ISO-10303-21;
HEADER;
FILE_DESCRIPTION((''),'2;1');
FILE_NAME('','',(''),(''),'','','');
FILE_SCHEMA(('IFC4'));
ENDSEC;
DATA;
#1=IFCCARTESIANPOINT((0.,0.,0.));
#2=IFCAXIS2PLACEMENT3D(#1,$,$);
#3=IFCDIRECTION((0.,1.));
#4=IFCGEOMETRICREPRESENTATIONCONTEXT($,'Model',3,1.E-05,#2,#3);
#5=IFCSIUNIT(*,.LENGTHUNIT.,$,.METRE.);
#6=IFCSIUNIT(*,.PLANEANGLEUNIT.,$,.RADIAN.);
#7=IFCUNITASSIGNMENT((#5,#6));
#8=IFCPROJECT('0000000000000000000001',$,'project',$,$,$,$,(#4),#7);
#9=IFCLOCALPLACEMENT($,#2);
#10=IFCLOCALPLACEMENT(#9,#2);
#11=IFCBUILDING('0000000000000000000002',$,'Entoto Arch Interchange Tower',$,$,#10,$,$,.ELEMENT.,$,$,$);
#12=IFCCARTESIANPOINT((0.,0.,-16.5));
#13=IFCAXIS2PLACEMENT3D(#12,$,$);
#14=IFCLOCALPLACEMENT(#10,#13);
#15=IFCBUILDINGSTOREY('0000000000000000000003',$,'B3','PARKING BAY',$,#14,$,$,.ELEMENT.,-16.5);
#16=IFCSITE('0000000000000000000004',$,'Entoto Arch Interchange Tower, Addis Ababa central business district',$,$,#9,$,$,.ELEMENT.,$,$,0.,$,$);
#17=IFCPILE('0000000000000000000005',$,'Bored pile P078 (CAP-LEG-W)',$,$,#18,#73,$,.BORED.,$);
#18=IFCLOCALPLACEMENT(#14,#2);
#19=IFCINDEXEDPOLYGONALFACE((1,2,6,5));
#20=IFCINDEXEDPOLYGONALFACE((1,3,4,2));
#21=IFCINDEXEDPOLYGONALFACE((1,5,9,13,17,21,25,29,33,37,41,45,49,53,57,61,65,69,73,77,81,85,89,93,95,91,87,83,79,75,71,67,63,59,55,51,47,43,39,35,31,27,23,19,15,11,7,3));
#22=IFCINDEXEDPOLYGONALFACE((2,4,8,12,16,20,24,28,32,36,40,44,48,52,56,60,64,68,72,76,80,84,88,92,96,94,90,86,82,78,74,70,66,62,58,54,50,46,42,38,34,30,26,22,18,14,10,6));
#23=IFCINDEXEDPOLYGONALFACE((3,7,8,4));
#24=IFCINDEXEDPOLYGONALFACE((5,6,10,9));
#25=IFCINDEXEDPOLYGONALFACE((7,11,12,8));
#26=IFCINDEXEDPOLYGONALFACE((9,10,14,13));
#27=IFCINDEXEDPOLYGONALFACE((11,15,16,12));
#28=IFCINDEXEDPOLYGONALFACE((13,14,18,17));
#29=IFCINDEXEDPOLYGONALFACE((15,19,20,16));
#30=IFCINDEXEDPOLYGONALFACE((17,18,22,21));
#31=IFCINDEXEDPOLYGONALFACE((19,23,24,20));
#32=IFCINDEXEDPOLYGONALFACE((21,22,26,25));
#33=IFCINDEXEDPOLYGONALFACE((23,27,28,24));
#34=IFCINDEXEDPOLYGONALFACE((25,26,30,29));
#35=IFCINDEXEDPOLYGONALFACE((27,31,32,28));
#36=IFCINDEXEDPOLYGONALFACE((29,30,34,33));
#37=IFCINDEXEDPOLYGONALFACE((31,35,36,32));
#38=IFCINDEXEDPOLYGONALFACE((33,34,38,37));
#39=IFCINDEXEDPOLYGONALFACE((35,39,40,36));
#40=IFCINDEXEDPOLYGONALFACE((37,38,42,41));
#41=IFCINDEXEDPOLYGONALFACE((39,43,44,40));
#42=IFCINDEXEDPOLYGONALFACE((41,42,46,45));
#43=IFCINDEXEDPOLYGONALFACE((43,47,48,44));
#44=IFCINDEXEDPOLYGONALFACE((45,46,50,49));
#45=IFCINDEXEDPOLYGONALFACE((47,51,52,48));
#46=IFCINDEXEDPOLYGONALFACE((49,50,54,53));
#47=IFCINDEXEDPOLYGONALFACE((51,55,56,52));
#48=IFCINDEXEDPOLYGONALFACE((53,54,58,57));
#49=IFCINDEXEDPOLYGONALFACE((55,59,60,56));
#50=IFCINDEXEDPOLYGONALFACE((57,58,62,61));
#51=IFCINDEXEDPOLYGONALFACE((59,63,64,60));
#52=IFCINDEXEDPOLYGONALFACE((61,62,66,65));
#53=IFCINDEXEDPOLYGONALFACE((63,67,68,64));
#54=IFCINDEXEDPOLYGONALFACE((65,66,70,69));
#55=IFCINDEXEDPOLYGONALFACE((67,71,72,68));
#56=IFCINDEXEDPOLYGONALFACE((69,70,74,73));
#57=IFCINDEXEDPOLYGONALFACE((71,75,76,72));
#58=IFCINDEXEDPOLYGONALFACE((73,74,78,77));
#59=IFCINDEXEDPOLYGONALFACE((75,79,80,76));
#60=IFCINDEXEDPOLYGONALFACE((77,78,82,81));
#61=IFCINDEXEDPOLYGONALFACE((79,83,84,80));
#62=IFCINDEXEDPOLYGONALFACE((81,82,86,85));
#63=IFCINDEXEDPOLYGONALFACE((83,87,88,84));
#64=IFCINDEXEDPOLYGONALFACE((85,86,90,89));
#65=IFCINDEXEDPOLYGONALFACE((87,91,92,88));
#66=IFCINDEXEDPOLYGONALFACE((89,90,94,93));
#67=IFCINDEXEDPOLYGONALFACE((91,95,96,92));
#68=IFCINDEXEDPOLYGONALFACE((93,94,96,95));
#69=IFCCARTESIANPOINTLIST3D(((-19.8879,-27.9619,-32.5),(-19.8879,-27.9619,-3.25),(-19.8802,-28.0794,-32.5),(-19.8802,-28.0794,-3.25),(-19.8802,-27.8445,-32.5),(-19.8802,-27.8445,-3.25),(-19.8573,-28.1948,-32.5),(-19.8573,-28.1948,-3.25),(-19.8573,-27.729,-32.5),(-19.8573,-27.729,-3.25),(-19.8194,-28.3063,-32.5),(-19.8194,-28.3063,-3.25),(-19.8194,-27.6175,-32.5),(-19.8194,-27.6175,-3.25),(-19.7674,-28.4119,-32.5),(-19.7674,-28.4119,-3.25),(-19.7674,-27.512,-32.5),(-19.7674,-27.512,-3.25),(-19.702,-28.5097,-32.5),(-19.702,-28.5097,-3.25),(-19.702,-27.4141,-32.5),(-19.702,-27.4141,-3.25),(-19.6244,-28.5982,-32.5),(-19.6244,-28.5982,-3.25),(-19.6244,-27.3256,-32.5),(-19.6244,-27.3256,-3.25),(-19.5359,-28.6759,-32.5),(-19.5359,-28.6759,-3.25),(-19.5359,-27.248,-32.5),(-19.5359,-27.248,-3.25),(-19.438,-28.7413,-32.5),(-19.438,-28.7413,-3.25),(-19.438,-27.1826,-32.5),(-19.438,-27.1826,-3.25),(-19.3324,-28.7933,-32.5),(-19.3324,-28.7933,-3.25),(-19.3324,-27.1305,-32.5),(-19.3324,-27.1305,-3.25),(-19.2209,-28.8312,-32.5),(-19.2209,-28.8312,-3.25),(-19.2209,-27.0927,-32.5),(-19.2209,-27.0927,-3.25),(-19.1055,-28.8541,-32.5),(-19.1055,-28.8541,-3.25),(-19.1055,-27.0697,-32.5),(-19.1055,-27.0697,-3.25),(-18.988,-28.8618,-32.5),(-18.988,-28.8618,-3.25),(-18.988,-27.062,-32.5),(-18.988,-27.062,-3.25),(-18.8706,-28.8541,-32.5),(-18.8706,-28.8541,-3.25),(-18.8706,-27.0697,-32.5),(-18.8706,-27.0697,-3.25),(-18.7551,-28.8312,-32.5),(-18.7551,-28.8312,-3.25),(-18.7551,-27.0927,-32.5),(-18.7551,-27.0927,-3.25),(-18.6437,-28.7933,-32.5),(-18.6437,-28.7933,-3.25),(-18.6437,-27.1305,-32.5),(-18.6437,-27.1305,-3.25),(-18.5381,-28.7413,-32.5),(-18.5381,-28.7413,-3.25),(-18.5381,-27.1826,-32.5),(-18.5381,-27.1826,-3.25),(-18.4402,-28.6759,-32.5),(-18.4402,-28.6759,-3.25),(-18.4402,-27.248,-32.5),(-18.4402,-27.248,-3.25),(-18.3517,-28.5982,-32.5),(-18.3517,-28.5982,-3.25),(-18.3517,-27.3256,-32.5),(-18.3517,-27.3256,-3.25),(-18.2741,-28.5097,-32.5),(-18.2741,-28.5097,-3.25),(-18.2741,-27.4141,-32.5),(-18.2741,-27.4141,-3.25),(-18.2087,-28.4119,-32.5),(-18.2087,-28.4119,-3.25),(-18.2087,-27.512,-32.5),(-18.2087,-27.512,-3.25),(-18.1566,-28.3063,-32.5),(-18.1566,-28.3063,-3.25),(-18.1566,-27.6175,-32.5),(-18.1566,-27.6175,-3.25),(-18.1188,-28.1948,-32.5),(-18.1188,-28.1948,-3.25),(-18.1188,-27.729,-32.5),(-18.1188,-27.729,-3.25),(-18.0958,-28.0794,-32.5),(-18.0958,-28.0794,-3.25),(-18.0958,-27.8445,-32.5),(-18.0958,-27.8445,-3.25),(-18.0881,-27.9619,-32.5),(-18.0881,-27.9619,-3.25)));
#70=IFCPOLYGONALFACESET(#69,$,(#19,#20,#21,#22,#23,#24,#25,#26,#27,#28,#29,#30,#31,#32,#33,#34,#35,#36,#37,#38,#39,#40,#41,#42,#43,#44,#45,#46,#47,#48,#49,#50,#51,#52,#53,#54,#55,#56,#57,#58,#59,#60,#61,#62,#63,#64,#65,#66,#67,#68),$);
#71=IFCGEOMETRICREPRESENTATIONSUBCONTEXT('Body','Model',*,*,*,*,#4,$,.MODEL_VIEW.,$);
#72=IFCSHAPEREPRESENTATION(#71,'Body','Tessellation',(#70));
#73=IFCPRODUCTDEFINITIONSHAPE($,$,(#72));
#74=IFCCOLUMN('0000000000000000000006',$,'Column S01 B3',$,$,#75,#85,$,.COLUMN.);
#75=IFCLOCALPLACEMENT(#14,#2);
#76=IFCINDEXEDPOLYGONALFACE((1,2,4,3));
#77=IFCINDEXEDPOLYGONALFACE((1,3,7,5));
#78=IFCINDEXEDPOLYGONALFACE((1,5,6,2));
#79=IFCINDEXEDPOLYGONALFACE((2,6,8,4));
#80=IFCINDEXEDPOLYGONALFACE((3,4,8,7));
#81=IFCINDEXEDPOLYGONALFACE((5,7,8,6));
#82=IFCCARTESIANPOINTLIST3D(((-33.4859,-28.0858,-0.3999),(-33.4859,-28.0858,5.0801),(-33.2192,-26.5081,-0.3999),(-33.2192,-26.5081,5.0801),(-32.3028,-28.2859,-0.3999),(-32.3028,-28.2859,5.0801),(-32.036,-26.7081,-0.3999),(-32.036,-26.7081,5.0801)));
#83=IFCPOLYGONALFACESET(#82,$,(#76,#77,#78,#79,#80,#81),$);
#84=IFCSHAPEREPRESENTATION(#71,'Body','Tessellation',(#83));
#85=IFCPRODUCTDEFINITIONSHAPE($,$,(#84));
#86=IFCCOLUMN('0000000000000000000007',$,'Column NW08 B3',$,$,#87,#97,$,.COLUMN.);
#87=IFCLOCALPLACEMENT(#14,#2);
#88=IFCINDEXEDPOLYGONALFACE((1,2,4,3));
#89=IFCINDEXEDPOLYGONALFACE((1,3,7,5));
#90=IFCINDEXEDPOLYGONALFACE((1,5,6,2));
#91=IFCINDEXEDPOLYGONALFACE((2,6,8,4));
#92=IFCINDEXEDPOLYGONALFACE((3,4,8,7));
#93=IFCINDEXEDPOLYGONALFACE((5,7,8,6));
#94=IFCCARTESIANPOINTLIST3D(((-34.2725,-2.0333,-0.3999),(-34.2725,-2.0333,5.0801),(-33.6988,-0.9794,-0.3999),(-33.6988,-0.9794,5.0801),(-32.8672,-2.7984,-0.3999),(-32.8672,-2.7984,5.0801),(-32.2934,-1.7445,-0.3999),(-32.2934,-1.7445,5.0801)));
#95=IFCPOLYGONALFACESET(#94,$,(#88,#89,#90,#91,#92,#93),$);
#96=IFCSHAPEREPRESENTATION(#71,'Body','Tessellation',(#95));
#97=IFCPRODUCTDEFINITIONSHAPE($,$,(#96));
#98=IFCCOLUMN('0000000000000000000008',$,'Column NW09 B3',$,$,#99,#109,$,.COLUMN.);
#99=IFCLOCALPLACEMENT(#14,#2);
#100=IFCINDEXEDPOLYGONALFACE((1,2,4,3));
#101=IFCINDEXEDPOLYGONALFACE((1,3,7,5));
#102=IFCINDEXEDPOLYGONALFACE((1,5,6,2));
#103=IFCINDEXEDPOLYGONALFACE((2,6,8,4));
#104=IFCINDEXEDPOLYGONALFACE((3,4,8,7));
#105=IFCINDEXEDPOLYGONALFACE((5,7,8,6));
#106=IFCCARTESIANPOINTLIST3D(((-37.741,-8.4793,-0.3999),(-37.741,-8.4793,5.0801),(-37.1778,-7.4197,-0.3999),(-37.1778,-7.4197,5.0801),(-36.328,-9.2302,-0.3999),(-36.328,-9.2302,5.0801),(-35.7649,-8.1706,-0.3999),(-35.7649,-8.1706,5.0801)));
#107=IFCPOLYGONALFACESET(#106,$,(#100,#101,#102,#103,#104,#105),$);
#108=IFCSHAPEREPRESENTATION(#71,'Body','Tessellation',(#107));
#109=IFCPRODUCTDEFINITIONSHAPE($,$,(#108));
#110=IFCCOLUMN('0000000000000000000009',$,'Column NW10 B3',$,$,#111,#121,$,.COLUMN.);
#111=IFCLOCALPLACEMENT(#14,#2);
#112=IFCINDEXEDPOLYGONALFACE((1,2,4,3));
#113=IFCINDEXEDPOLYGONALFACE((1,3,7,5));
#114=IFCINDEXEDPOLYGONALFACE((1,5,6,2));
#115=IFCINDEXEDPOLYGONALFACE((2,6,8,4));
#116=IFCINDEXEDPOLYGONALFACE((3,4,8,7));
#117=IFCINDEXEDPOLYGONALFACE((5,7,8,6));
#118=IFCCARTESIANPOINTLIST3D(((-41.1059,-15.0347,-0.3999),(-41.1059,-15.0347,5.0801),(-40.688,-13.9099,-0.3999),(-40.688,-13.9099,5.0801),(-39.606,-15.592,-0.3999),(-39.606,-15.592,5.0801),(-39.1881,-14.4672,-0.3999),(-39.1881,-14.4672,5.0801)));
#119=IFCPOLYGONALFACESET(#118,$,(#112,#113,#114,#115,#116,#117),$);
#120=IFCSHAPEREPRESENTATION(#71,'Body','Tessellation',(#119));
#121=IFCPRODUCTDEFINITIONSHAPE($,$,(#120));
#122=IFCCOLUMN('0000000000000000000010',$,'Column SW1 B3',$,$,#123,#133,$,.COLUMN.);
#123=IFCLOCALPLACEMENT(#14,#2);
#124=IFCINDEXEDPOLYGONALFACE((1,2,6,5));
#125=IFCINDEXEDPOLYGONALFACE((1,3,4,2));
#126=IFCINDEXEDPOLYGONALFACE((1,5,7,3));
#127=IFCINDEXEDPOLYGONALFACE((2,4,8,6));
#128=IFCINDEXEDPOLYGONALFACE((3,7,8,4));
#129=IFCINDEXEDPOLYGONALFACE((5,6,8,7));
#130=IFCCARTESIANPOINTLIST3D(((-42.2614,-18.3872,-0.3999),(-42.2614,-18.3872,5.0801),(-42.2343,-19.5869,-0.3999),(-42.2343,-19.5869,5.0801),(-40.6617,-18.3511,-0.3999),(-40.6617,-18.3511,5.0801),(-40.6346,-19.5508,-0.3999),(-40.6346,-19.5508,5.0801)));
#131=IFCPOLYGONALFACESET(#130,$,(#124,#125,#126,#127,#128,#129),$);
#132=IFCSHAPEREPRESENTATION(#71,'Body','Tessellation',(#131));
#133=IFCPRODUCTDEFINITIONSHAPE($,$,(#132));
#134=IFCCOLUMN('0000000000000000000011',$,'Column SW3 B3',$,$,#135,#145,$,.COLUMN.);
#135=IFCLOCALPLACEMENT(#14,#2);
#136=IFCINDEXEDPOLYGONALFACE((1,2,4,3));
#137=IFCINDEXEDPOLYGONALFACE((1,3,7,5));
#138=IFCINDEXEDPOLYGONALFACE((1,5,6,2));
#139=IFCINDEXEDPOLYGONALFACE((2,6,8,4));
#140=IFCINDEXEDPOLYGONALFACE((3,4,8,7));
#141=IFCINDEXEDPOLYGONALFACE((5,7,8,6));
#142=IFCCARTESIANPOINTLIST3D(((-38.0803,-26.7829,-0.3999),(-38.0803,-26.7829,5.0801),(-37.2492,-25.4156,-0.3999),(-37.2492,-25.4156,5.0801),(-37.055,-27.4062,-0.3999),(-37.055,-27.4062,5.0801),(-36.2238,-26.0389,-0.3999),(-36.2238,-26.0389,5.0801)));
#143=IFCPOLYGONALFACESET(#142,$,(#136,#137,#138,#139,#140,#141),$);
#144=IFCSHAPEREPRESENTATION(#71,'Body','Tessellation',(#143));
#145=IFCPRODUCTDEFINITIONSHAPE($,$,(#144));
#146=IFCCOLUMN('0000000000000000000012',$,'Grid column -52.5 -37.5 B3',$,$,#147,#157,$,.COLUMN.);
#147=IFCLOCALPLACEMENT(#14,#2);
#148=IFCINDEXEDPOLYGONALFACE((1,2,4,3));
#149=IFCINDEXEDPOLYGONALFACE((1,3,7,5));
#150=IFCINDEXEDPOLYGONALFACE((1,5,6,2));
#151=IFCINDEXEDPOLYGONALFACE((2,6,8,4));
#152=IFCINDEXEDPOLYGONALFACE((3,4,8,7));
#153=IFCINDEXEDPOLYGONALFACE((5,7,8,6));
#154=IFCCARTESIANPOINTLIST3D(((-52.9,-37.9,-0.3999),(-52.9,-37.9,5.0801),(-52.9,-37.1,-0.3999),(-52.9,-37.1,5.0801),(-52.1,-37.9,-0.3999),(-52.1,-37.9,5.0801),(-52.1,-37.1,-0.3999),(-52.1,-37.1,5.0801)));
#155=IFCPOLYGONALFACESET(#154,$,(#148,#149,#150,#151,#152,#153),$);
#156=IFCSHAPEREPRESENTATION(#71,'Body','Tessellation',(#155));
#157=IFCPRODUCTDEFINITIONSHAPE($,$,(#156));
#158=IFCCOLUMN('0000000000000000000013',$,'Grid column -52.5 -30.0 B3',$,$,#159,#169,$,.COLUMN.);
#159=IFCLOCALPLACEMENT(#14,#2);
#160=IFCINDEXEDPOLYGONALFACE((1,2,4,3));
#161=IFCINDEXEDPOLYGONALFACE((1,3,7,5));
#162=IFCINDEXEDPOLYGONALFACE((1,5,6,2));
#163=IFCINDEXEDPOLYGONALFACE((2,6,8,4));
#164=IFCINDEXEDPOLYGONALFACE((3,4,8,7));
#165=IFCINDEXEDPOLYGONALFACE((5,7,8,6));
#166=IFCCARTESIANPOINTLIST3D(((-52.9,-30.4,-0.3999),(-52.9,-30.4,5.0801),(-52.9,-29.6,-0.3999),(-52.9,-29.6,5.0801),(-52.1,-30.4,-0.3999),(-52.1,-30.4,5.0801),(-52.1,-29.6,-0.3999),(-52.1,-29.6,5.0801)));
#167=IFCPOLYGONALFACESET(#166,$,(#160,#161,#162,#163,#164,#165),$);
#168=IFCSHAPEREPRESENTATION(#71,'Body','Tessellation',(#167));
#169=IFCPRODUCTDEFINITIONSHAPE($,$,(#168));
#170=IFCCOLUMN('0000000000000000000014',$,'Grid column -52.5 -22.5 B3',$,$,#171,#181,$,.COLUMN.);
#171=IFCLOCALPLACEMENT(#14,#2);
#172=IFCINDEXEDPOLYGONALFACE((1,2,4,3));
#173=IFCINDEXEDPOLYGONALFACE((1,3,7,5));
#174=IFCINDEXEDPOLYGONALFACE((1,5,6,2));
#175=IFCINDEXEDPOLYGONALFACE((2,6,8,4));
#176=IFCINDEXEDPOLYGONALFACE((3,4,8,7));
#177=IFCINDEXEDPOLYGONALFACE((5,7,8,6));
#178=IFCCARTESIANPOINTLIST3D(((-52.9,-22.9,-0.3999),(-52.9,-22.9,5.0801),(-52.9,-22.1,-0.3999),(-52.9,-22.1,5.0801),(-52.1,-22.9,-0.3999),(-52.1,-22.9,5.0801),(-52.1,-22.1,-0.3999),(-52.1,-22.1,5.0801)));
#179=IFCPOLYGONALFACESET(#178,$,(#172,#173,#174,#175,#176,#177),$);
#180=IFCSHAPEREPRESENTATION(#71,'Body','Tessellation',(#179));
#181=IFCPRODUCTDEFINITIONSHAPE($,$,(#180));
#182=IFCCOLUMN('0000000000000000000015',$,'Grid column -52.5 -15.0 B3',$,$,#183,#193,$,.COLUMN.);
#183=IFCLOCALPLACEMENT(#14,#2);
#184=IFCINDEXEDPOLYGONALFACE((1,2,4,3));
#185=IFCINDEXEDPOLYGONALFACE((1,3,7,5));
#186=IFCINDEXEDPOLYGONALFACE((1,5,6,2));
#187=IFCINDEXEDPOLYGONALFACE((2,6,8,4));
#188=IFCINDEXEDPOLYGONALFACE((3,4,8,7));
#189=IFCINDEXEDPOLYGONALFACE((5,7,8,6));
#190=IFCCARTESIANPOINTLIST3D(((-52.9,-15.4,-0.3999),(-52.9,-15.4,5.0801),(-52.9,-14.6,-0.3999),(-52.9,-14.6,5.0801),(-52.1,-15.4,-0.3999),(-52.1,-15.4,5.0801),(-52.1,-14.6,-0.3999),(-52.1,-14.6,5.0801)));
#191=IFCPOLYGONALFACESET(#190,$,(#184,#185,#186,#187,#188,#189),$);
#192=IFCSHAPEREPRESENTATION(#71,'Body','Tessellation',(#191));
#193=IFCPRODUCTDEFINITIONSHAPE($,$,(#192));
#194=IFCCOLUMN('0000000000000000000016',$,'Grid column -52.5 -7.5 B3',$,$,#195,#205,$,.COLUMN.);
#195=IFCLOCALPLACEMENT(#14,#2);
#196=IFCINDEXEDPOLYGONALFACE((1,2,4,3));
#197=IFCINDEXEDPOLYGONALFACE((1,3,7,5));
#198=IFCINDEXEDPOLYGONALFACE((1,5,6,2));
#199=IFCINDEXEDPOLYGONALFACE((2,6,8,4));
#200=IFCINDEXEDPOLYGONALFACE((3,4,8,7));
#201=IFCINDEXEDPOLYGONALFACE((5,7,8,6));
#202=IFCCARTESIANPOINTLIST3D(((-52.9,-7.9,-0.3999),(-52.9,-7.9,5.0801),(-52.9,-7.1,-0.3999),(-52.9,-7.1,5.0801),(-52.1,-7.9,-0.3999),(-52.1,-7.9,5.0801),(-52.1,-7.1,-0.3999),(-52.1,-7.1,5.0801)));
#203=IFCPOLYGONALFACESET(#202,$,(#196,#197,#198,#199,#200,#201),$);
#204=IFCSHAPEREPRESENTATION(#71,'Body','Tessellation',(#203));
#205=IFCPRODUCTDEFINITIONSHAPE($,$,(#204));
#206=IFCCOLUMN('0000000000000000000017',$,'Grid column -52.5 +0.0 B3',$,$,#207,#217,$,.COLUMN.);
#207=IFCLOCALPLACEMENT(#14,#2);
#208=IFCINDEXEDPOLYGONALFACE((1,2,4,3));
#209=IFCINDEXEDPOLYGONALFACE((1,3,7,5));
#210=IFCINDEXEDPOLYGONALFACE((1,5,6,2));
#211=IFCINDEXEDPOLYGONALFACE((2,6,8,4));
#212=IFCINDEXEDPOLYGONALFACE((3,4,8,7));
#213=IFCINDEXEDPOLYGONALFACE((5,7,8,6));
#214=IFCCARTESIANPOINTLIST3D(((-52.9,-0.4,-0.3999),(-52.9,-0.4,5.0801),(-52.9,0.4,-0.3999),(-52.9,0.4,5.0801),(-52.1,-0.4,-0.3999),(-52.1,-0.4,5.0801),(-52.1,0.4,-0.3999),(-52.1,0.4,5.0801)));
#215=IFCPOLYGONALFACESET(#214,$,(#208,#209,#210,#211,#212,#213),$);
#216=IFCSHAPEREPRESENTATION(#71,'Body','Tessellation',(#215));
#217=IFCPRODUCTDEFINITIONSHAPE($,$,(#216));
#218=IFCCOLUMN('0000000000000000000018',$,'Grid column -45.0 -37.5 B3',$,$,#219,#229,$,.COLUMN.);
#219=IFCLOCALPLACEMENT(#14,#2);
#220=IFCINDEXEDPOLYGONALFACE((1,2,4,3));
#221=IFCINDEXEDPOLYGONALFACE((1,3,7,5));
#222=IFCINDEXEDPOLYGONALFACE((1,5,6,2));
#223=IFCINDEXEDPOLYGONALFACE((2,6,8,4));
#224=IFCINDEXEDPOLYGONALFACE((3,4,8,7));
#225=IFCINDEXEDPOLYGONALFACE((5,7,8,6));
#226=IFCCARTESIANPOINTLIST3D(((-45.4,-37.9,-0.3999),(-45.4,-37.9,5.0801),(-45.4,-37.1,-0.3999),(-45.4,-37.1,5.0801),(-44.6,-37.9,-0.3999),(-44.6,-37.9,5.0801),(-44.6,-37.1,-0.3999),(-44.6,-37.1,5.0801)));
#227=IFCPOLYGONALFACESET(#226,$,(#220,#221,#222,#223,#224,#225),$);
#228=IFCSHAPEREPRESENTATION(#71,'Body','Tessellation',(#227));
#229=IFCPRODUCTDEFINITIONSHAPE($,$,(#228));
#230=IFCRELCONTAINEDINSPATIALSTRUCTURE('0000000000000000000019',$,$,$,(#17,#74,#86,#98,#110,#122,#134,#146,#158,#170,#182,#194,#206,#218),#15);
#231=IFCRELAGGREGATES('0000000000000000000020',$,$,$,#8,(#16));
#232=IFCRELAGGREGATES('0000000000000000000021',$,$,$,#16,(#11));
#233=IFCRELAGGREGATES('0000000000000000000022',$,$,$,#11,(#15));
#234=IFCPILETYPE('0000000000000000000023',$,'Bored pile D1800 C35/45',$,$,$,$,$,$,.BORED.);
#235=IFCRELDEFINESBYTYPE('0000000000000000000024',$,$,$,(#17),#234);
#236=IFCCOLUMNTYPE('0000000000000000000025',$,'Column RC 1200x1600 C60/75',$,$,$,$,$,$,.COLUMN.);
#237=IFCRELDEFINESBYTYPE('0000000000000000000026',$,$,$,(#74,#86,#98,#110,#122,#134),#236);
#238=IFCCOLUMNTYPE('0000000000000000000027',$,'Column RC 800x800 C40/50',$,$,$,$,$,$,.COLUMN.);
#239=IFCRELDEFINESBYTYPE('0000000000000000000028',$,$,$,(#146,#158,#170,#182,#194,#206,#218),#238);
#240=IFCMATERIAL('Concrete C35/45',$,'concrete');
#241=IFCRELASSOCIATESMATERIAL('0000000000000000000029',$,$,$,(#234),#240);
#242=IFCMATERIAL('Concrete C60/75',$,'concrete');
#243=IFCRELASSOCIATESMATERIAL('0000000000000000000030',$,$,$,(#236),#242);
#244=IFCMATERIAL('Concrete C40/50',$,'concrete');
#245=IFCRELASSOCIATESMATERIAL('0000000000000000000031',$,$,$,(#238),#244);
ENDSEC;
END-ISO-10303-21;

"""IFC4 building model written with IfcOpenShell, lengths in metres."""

from ifc_helpers import new_model, si_unit, direction, frame, origin, origin_2d, place, context, subcontext, project, spatial, rectangle, circle, extrude, material, material_profile, profile_set, type_object, element, save


model = new_model("IFC4")

# Units and contexts
model_context = context("Model", 3, precision=1e-05, world=origin(), true_north=direction((0.0, 1.0)))
body_context = subcontext(model_context, "Body", "Model", "MODEL_VIEW")
ifc_project = project(units=[si_unit("LENGTHUNIT", "METRE"), si_unit("PLANEANGLEUNIT", "RADIAN")], contexts=[model_context])

# Site, building, storey
site_placement = place(None, origin())
site = spatial("IfcSite", under=ifc_project, at=site_placement, Name="Entoto Arch Interchange Tower, Addis Ababa central business district", CompositionType="ELEMENT", RefElevation=0.0)
building_placement = place(site_placement, origin())
building = spatial("IfcBuilding", under=site, at=building_placement, Name="Entoto Arch Interchange Tower", CompositionType="ELEMENT")
storey_placement = place(building_placement, frame((0.0, 0.0, -16.5)))
storey = spatial("IfcBuildingStorey", under=building, at=storey_placement, Name="B3", Description="PARKING BAY", CompositionType="ELEMENT", Elevation=-16.5)

# Pile
ifc_material_1 = material(Name="Concrete C35/45", Category="concrete")
ifc_material_profile_1 = material_profile(ifc_material_1, circle(Radius=0.8999, at=origin_2d()))
ifc_profile_set_1 = profile_set([ifc_material_profile_1], Name="Concrete C35/45")
pile_type = type_object("IfcPileType", Name="Bored pile D1800 C35/45", PredefinedType="BORED", material=ifc_profile_set_1)
for number, where, z_axis, x_axis, name in (
    (1, (-18.988, -27.9619, -3.25), (0.0, 0.0, -1.0), (1.0, 0.0, 0.0), "Bored pile P078 (CAP-LEG-W)"),
):
    element("IfcPile", number, at=place(storey_placement, frame(where, z_axis=z_axis, x_axis=x_axis)), inside=storey, type_object=pile_type, Name=name, PredefinedType="BORED", context=body_context, shape_type="SweptSolid", body=[
        extrude(circle(Radius=0.8999, at=origin_2d()), origin(), (0.0, 0.0, 1.0), 29.25),
    ])

# Columns
ifc_material_2 = material(Name="Concrete C60/75", Category="concrete")
ifc_material_profile_2 = material_profile(ifc_material_2, rectangle(XDim=1.2, YDim=1.6001, at=origin_2d()))
ifc_profile_set_2 = profile_set([ifc_material_profile_2], Name="Concrete C60/75")
column_type_1 = type_object("IfcColumnType", Name="Column RC 1200x1600 C60/75", PredefinedType="COLUMN", material=ifc_profile_set_2)
for number, where, z_axis, x_axis, name in (
    (2, (-32.761, -27.397, -0.3999), (0.0, 0.0, 1.0), (-0.986005, 0.166717, 0.0), "Column S01 B3"),
    (3, (-33.283, -1.8889, -0.3999), (0.0, 0.0, 1.0), (0.47814, 0.878284, 0.0), "Column NW08 B3"),
    (4, (-36.7529, -8.325, -0.3999), (0.0, 0.0, 1.0), (0.469317, 0.88303, 0.0), "Column NW09 B3"),
    (5, (-40.147, -14.751, -0.3999), (0.0, 0.0, 1.0), (0.348278, 0.937391, 0.0), "Column NW10 B3"),
    (6, (-41.448, -18.969, -0.3999), (0.0, 0.0, 1.0), (-0.022565, 0.999745, 0.0), "Column SW1 B3"),
    (7, (-37.1521, -26.4109, -0.3999), (0.0, 0.0, 1.0), (-0.854522, 0.519415, 0.0), "Column SW3 B3"),
):
    element("IfcColumn", number, at=place(storey_placement, frame(where, z_axis=z_axis, x_axis=x_axis)), inside=storey, type_object=column_type_1, Name=name, PredefinedType="COLUMN", context=body_context, shape_type="SweptSolid", body=[
        extrude(rectangle(XDim=1.2, YDim=1.6001, at=origin_2d()), origin(), (0.0, 0.0, 1.0), 5.48),
    ])
ifc_material_3 = material(Name="Concrete C40/50", Category="concrete")
ifc_material_profile_3 = material_profile(ifc_material_3, rectangle(XDim=0.8, YDim=0.8, at=origin_2d()))
ifc_profile_set_3 = profile_set([ifc_material_profile_3], Name="Concrete C40/50")
column_type_2 = type_object("IfcColumnType", Name="Column RC 800x800 C40/50", PredefinedType="COLUMN", material=ifc_profile_set_3)
for number, where, z_axis, x_axis, name in (
    (8, (-52.5, -37.5, -0.3999), (0.0, 0.0, 1.0), (1.0, 0.0, 0.0), "Grid column -52.5 -37.5 B3"),
    (9, (-52.5, -30.0, -0.3999), (0.0, 0.0, 1.0), (1.0, 0.0, 0.0), "Grid column -52.5 -30.0 B3"),
    (10, (-52.5, -22.5, -0.3999), (0.0, 0.0, 1.0), (1.0, 0.0, 0.0), "Grid column -52.5 -22.5 B3"),
    (11, (-52.5, -15.0, -0.3999), (0.0, 0.0, 1.0), (1.0, 0.0, 0.0), "Grid column -52.5 -15.0 B3"),
    (12, (-52.5, -7.5, -0.3999), (0.0, 0.0, 1.0), (1.0, 0.0, 0.0), "Grid column -52.5 -7.5 B3"),
    (13, (-52.5, 0.0, -0.3999), (0.0, 0.0, 1.0), (1.0, 0.0, 0.0), "Grid column -52.5 +0.0 B3"),
    (14, (-45.0, -37.5, -0.3999), (0.0, 0.0, 1.0), (1.0, 0.0, 0.0), "Grid column -45.0 -37.5 B3"),
):
    element("IfcColumn", number, at=place(storey_placement, frame(where, z_axis=z_axis, x_axis=x_axis)), inside=storey, type_object=column_type_2, Name=name, PredefinedType="COLUMN", context=body_context, shape_type="SweptSolid", body=[
        extrude(rectangle(XDim=0.8, YDim=0.8, at=origin_2d()), origin(), (0.0, 0.0, 1.0), 5.48),
    ])

save(model, "model.ifc")
